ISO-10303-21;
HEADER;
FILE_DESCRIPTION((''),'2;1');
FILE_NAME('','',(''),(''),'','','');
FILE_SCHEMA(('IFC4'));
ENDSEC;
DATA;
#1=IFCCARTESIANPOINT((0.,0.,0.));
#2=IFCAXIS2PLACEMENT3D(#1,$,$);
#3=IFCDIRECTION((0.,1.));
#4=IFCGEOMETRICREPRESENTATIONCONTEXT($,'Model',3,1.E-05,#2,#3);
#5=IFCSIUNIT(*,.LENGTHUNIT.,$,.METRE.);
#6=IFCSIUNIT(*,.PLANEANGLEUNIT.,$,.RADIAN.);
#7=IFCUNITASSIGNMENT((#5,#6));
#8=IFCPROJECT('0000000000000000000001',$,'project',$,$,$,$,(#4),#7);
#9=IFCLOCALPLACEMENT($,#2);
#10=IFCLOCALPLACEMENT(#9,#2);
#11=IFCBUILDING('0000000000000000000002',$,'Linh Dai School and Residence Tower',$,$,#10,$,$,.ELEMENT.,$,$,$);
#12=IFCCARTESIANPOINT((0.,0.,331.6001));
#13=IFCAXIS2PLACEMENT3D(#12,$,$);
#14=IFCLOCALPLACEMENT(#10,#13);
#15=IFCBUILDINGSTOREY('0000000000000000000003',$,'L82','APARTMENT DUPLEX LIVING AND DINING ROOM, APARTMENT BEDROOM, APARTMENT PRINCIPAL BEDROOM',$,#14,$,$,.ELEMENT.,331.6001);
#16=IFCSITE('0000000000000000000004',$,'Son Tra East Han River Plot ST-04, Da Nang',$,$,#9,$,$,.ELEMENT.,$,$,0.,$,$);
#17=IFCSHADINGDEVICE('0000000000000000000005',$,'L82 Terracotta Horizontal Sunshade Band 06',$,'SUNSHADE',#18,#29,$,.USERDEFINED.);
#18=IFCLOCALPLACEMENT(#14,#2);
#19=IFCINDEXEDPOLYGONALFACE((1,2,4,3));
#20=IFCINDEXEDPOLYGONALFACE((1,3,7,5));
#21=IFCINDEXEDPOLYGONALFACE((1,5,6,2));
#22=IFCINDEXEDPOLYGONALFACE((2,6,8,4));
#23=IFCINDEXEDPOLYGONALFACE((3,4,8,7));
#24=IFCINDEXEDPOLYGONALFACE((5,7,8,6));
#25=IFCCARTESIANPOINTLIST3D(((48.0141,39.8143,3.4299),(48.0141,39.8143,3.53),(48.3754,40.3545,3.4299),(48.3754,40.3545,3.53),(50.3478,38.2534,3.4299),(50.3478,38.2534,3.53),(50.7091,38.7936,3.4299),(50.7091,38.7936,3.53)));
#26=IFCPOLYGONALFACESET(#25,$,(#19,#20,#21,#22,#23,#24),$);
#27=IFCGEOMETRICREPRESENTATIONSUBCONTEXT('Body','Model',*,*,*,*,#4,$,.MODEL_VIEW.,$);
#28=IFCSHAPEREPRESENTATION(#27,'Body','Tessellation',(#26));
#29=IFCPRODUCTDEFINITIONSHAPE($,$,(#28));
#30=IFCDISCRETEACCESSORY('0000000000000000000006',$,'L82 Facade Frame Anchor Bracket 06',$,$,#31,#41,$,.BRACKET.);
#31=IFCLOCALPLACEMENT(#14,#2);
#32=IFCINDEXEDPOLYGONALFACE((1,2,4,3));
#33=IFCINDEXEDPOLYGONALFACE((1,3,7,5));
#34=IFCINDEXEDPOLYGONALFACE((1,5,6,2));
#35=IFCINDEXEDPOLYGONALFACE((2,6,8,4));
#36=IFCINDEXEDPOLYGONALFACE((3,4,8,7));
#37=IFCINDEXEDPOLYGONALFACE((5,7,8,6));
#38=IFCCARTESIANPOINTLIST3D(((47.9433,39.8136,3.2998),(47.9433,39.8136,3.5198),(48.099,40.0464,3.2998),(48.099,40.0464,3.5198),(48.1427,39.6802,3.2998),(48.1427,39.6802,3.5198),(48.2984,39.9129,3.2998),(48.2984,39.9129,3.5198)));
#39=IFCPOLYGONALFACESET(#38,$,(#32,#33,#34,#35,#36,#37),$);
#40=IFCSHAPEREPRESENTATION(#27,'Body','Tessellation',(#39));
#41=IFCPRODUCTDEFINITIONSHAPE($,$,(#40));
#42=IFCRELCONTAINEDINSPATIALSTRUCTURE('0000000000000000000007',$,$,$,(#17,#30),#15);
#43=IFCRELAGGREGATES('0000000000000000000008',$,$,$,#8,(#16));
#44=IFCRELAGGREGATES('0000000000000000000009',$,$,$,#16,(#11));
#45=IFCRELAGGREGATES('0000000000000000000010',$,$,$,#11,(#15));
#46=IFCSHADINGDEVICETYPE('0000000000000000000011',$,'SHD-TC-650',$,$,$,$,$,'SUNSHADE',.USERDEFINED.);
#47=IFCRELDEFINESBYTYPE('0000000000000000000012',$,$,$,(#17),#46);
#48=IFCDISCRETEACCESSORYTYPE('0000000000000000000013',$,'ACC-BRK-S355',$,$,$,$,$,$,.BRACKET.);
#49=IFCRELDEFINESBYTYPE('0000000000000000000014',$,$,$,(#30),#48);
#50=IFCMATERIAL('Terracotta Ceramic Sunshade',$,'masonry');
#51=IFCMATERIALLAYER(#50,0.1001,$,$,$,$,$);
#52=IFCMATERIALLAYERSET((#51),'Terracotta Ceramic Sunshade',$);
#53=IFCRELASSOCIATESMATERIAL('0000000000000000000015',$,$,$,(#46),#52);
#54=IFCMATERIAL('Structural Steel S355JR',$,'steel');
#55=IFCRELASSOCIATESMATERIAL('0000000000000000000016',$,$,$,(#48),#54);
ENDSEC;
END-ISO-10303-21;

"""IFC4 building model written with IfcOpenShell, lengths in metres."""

from ifc_helpers import new_model, si_unit, direction, frame, origin, origin_2d, place, context, subcontext, project, spatial, rectangle, extrude, source, transform, mapped, material, layer, layer_set, type_object, element, save


model = new_model("IFC4")

# Units and contexts
model_context = context("Model", 3, precision=1e-05, world=origin(), true_north=direction((0.0, 1.0)))
body_context = subcontext(model_context, "Body", "Model", "MODEL_VIEW")
ifc_project = project(units=[si_unit("LENGTHUNIT", "METRE"), si_unit("PLANEANGLEUNIT", "RADIAN")], contexts=[model_context])

# Site, building, storey
site_placement = place(None, origin())
site = spatial("IfcSite", under=ifc_project, at=site_placement, Name="Son Tra East Han River Plot ST-04, Da Nang", CompositionType="ELEMENT", RefElevation=0.0)
building_placement = place(site_placement, origin())
building = spatial("IfcBuilding", under=site, at=building_placement, Name="Linh Dai School and Residence Tower", CompositionType="ELEMENT")
storey_placement = place(building_placement, frame((0.0, 0.0, 331.6001)))
storey = spatial("IfcBuildingStorey", under=building, at=storey_placement, Name="L82", Description="APARTMENT DUPLEX LIVING AND DINING ROOM, APARTMENT BEDROOM, APARTMENT PRINCIPAL BEDROOM", CompositionType="ELEMENT", Elevation=331.6001)

# Shared definitions
ifc_material_1 = material(Name="Structural Steel S355JR", Category="steel")

# Shading device
ifc_material_2 = material(Name="Terracotta Ceramic Sunshade", Category="masonry")
ifc_layer_1 = layer(ifc_material_2, 0.1001)
ifc_layer_set_1 = layer_set([ifc_layer_1], Name="Terracotta Ceramic Sunshade")
shading_device_type = type_object("IfcShadingDeviceType", Name="SHD-TC-650", ElementType="SUNSHADE", PredefinedType="USERDEFINED", material=ifc_layer_set_1)
shared_shape_1 = source(origin(), body_context, "Body", "SweptSolid", [
    extrude(rectangle(XDim=2.8076, YDim=0.6499, at=origin_2d()), origin(), (0.0, 0.0, 1.0), 0.1001),
])
shading_device_placement = place(storey_placement, frame((49.3616, 39.304, 3.4299), z_axis=(0.0, 0.0, 1.0), x_axis=(0.831202, -0.555971, 0.0)))
element("IfcShadingDevice", 1, at=shading_device_placement, inside=storey, type_object=shading_device_type, Name="L82 Terracotta Horizontal Sunshade Band 06", ObjectType="SUNSHADE", PredefinedType="USERDEFINED", context=body_context, shape_type="MappedRepresentation", body=[
    mapped(shared_shape_1, transform((0.0, 0.0, 0.0), x_axis=(1.0, 0.0, 0.0), y_axis=(0.0, 1.0, 0.0), z_axis=(0.0, 0.0, 1.0), scale=1.0)),
])

# Discrete accessory
discrete_accessory_type = type_object("IfcDiscreteAccessoryType", Name="ACC-BRK-S355", PredefinedType="BRACKET", material=ifc_material_1)
shared_shape_2 = source(origin(), body_context, "Body", "SweptSolid", [
    extrude(rectangle(XDim=0.28, YDim=0.24, at=origin_2d()), origin(), (0.0, 0.0, 1.0), 0.22),
])
discrete_accessory_placement = place(storey_placement, frame((48.1208, 39.8633, 3.2998), z_axis=(0.0, 0.0, 1.0), x_axis=(0.555971, 0.831202, 0.0)))
element("IfcDiscreteAccessory", 2, at=discrete_accessory_placement, inside=storey, type_object=discrete_accessory_type, Name="L82 Facade Frame Anchor Bracket 06", PredefinedType="BRACKET", context=body_context, shape_type="MappedRepresentation", body=[
    mapped(shared_shape_2, transform((0.0, 0.0, 0.0), x_axis=(1.0, 0.0, 0.0), y_axis=(0.0, 1.0, 0.0), z_axis=(0.0, 0.0, 1.0), scale=1.0)),
])

save(model, "model.ifc")
